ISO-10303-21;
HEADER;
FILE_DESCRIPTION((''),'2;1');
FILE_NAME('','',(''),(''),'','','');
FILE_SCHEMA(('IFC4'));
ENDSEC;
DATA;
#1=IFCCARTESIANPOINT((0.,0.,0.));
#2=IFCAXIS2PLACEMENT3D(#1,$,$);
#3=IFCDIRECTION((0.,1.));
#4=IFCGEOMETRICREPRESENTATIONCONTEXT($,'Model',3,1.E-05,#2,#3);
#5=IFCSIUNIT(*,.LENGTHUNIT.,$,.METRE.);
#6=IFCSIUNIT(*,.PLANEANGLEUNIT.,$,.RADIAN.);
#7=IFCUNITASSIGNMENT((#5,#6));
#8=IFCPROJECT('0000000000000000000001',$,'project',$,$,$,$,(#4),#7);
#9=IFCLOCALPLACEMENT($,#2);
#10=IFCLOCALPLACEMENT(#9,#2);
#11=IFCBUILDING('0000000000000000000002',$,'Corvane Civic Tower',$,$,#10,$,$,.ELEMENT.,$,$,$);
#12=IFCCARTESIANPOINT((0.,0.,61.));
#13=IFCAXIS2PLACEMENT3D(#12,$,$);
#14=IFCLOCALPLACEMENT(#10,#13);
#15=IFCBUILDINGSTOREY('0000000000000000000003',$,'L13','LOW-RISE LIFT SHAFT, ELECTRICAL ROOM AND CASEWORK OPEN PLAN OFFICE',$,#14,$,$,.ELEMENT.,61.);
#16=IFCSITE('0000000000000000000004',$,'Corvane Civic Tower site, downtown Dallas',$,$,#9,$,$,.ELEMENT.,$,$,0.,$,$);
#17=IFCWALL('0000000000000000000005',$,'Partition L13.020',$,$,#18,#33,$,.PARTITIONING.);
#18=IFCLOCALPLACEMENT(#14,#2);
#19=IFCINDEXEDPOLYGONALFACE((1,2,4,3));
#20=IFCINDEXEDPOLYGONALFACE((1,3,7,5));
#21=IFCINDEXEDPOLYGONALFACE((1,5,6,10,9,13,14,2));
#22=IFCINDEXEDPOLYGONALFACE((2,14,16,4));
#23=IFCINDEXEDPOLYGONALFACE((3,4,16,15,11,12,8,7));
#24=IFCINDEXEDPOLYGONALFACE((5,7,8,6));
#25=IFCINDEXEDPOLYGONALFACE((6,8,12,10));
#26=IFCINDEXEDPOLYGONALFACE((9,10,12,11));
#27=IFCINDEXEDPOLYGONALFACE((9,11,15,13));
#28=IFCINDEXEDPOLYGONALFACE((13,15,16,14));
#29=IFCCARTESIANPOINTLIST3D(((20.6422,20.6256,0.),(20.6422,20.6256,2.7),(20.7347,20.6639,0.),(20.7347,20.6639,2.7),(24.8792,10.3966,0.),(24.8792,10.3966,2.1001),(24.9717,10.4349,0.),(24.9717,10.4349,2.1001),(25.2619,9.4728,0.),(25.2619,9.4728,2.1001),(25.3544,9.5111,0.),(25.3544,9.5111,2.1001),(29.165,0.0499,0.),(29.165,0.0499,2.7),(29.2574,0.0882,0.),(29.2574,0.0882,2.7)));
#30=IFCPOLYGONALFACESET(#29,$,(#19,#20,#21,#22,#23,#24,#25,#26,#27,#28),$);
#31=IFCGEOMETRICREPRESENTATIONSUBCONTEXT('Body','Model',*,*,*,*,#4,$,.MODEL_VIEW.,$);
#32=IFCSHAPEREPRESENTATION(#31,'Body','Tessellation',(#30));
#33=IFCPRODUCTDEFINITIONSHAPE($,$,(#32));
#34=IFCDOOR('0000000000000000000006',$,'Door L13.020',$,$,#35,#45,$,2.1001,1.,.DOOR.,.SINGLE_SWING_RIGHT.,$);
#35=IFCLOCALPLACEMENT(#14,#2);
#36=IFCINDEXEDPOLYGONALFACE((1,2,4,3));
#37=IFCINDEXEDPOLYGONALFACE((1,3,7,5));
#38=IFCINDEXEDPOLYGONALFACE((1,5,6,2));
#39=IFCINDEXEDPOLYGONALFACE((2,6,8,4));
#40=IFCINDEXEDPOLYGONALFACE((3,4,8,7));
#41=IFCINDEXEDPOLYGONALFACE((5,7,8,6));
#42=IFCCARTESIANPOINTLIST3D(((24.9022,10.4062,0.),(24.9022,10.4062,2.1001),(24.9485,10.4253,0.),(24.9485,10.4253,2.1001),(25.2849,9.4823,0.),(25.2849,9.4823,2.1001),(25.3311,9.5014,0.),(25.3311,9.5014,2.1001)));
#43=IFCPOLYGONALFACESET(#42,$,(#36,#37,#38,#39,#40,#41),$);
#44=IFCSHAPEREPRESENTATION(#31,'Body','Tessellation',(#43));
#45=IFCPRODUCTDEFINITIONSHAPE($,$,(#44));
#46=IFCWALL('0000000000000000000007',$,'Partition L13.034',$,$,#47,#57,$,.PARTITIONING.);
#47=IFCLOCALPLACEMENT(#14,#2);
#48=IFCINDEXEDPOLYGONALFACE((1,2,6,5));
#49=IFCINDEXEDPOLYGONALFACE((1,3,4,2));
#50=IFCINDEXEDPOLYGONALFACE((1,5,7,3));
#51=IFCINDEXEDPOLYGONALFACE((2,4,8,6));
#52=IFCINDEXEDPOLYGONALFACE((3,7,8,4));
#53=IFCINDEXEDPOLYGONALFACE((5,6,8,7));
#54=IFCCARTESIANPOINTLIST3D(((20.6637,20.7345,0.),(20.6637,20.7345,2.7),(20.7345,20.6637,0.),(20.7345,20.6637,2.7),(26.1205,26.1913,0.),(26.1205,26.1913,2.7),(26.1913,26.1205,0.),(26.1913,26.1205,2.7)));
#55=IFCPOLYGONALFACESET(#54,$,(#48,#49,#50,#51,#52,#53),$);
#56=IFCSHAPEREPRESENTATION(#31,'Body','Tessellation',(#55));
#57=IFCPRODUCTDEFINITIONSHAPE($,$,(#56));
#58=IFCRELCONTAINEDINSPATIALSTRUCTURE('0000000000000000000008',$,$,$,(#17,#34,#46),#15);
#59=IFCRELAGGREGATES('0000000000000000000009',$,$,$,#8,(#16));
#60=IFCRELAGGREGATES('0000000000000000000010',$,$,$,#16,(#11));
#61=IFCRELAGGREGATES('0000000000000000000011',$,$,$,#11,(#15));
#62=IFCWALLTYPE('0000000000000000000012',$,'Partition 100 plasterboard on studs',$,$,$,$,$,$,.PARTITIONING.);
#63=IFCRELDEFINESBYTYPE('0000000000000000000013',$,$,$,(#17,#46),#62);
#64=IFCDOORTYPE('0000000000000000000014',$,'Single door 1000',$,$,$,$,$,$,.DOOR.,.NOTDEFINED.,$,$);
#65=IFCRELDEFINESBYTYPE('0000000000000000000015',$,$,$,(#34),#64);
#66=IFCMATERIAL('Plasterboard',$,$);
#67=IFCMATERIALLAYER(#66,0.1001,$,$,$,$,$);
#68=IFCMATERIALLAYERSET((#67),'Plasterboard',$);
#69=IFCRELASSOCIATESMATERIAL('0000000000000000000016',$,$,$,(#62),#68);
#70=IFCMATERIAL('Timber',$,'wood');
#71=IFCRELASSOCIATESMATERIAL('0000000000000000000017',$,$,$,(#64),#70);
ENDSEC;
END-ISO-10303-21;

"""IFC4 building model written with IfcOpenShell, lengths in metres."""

from ifc_helpers import new_model, si_unit, direction, frame, frame_2d, origin, place, context, subcontext, project, spatial, rectangle, extrude, material, layer, layer_set, type_object, element, fill, save


model = new_model("IFC4")

# Units and contexts
model_context = context("Model", 3, precision=1e-05, world=origin(), true_north=direction((0.0, 1.0)))
body_context = subcontext(model_context, "Body", "Model", "MODEL_VIEW")
ifc_project = project(units=[si_unit("LENGTHUNIT", "METRE"), si_unit("PLANEANGLEUNIT", "RADIAN")], contexts=[model_context])

# Site, building, storey
site_placement = place(None, origin())
site = spatial("IfcSite", under=ifc_project, at=site_placement, Name="Corvane Civic Tower site, downtown Dallas", CompositionType="ELEMENT", RefElevation=0.0)
building_placement = place(site_placement, origin())
building = spatial("IfcBuilding", under=site, at=building_placement, Name="Corvane Civic Tower", CompositionType="ELEMENT")
storey_placement = place(building_placement, frame((0.0, 0.0, 61.0)))
storey = spatial("IfcBuildingStorey", under=building, at=storey_placement, Name="L13", Description="LOW-RISE LIFT SHAFT, ELECTRICAL ROOM AND CASEWORK OPEN PLAN OFFICE", CompositionType="ELEMENT", Elevation=61.0)

# Wall, opening, door
ifc_material_1 = material(Name="Plasterboard")
ifc_layer_1 = layer(ifc_material_1, 0.1001)
ifc_layer_set_1 = layer_set([ifc_layer_1], Name="Plasterboard")
wall_type = type_object("IfcWallType", Name="Partition 100 plasterboard on studs", PredefinedType="PARTITIONING", material=ifc_layer_set_1)
wall_1_placement = place(storey_placement, frame((20.6885, 20.6448, 0.0), z_axis=(0.0, 0.0, 1.0), x_axis=(0.382683, -0.92388, 0.0)))
wall_1 = element("IfcWall", 1, at=wall_1_placement, inside=storey, type_object=wall_type, Name="Partition L13.020", PredefinedType="PARTITIONING", context=body_context, shape_type="SweptSolid", body=[
    extrude(rectangle(XDim=22.271, YDim=0.1001, at=frame_2d((11.1355, 0.0))), origin(), (0.0, 0.0, 1.0), 2.7),
])
opening_placement = place(wall_1_placement, frame((11.0718, 0.0, 0.0)))
opening = element("IfcOpeningElement", 2, at=opening_placement, cuts=wall_1, PredefinedType="OPENING", context=body_context, shape_type="SweptSolid", body=[
    extrude(rectangle(XDim=1.0, YDim=2.1001, at=frame_2d((0.5, 1.05))), frame((0.0, 0.0601, 0.0), z_axis=(0.0, -1.0, 0.0), x_axis=(1.0, 0.0, 0.0)), (0.0, 0.0, 1.0), 0.1201),
])
ifc_material_2 = material(Name="Timber", Category="wood")
door_type = type_object("IfcDoorType", Name="Single door 1000", OperationType="NOTDEFINED", PredefinedType="DOOR", material=ifc_material_2)
door_placement = place(opening_placement, origin())
door = element("IfcDoor", 3, at=door_placement, inside=storey, type_object=door_type, Name="Door L13.020", OperationType="SINGLE_SWING_RIGHT", OverallHeight=2.1001, OverallWidth=1.0, PredefinedType="DOOR", context=body_context, shape_type="SweptSolid", body=[
    extrude(rectangle(XDim=1.0, YDim=2.1001, at=frame_2d((0.5, 1.05))), frame((0.0, 0.0249, 0.0), z_axis=(0.0, -1.0, 0.0), x_axis=(1.0, 0.0, 0.0)), (0.0, 0.0, 1.0), 0.05),
])
fill(opening, door)

# Wall
wall_2_placement = place(storey_placement, frame((20.6992, 20.6992, 0.0), z_axis=(0.0, 0.0, 1.0), x_axis=(0.707107, 0.707107, 0.0)))
element("IfcWall", 4, at=wall_2_placement, inside=storey, type_object=wall_type, Name="Partition L13.034", PredefinedType="PARTITIONING", context=body_context, shape_type="SweptSolid", body=[
    extrude(rectangle(XDim=7.717, YDim=0.1001, at=frame_2d((3.8584, 0.0))), origin(), (0.0, 0.0, 1.0), 2.7),
])

save(model, "model.ifc")
